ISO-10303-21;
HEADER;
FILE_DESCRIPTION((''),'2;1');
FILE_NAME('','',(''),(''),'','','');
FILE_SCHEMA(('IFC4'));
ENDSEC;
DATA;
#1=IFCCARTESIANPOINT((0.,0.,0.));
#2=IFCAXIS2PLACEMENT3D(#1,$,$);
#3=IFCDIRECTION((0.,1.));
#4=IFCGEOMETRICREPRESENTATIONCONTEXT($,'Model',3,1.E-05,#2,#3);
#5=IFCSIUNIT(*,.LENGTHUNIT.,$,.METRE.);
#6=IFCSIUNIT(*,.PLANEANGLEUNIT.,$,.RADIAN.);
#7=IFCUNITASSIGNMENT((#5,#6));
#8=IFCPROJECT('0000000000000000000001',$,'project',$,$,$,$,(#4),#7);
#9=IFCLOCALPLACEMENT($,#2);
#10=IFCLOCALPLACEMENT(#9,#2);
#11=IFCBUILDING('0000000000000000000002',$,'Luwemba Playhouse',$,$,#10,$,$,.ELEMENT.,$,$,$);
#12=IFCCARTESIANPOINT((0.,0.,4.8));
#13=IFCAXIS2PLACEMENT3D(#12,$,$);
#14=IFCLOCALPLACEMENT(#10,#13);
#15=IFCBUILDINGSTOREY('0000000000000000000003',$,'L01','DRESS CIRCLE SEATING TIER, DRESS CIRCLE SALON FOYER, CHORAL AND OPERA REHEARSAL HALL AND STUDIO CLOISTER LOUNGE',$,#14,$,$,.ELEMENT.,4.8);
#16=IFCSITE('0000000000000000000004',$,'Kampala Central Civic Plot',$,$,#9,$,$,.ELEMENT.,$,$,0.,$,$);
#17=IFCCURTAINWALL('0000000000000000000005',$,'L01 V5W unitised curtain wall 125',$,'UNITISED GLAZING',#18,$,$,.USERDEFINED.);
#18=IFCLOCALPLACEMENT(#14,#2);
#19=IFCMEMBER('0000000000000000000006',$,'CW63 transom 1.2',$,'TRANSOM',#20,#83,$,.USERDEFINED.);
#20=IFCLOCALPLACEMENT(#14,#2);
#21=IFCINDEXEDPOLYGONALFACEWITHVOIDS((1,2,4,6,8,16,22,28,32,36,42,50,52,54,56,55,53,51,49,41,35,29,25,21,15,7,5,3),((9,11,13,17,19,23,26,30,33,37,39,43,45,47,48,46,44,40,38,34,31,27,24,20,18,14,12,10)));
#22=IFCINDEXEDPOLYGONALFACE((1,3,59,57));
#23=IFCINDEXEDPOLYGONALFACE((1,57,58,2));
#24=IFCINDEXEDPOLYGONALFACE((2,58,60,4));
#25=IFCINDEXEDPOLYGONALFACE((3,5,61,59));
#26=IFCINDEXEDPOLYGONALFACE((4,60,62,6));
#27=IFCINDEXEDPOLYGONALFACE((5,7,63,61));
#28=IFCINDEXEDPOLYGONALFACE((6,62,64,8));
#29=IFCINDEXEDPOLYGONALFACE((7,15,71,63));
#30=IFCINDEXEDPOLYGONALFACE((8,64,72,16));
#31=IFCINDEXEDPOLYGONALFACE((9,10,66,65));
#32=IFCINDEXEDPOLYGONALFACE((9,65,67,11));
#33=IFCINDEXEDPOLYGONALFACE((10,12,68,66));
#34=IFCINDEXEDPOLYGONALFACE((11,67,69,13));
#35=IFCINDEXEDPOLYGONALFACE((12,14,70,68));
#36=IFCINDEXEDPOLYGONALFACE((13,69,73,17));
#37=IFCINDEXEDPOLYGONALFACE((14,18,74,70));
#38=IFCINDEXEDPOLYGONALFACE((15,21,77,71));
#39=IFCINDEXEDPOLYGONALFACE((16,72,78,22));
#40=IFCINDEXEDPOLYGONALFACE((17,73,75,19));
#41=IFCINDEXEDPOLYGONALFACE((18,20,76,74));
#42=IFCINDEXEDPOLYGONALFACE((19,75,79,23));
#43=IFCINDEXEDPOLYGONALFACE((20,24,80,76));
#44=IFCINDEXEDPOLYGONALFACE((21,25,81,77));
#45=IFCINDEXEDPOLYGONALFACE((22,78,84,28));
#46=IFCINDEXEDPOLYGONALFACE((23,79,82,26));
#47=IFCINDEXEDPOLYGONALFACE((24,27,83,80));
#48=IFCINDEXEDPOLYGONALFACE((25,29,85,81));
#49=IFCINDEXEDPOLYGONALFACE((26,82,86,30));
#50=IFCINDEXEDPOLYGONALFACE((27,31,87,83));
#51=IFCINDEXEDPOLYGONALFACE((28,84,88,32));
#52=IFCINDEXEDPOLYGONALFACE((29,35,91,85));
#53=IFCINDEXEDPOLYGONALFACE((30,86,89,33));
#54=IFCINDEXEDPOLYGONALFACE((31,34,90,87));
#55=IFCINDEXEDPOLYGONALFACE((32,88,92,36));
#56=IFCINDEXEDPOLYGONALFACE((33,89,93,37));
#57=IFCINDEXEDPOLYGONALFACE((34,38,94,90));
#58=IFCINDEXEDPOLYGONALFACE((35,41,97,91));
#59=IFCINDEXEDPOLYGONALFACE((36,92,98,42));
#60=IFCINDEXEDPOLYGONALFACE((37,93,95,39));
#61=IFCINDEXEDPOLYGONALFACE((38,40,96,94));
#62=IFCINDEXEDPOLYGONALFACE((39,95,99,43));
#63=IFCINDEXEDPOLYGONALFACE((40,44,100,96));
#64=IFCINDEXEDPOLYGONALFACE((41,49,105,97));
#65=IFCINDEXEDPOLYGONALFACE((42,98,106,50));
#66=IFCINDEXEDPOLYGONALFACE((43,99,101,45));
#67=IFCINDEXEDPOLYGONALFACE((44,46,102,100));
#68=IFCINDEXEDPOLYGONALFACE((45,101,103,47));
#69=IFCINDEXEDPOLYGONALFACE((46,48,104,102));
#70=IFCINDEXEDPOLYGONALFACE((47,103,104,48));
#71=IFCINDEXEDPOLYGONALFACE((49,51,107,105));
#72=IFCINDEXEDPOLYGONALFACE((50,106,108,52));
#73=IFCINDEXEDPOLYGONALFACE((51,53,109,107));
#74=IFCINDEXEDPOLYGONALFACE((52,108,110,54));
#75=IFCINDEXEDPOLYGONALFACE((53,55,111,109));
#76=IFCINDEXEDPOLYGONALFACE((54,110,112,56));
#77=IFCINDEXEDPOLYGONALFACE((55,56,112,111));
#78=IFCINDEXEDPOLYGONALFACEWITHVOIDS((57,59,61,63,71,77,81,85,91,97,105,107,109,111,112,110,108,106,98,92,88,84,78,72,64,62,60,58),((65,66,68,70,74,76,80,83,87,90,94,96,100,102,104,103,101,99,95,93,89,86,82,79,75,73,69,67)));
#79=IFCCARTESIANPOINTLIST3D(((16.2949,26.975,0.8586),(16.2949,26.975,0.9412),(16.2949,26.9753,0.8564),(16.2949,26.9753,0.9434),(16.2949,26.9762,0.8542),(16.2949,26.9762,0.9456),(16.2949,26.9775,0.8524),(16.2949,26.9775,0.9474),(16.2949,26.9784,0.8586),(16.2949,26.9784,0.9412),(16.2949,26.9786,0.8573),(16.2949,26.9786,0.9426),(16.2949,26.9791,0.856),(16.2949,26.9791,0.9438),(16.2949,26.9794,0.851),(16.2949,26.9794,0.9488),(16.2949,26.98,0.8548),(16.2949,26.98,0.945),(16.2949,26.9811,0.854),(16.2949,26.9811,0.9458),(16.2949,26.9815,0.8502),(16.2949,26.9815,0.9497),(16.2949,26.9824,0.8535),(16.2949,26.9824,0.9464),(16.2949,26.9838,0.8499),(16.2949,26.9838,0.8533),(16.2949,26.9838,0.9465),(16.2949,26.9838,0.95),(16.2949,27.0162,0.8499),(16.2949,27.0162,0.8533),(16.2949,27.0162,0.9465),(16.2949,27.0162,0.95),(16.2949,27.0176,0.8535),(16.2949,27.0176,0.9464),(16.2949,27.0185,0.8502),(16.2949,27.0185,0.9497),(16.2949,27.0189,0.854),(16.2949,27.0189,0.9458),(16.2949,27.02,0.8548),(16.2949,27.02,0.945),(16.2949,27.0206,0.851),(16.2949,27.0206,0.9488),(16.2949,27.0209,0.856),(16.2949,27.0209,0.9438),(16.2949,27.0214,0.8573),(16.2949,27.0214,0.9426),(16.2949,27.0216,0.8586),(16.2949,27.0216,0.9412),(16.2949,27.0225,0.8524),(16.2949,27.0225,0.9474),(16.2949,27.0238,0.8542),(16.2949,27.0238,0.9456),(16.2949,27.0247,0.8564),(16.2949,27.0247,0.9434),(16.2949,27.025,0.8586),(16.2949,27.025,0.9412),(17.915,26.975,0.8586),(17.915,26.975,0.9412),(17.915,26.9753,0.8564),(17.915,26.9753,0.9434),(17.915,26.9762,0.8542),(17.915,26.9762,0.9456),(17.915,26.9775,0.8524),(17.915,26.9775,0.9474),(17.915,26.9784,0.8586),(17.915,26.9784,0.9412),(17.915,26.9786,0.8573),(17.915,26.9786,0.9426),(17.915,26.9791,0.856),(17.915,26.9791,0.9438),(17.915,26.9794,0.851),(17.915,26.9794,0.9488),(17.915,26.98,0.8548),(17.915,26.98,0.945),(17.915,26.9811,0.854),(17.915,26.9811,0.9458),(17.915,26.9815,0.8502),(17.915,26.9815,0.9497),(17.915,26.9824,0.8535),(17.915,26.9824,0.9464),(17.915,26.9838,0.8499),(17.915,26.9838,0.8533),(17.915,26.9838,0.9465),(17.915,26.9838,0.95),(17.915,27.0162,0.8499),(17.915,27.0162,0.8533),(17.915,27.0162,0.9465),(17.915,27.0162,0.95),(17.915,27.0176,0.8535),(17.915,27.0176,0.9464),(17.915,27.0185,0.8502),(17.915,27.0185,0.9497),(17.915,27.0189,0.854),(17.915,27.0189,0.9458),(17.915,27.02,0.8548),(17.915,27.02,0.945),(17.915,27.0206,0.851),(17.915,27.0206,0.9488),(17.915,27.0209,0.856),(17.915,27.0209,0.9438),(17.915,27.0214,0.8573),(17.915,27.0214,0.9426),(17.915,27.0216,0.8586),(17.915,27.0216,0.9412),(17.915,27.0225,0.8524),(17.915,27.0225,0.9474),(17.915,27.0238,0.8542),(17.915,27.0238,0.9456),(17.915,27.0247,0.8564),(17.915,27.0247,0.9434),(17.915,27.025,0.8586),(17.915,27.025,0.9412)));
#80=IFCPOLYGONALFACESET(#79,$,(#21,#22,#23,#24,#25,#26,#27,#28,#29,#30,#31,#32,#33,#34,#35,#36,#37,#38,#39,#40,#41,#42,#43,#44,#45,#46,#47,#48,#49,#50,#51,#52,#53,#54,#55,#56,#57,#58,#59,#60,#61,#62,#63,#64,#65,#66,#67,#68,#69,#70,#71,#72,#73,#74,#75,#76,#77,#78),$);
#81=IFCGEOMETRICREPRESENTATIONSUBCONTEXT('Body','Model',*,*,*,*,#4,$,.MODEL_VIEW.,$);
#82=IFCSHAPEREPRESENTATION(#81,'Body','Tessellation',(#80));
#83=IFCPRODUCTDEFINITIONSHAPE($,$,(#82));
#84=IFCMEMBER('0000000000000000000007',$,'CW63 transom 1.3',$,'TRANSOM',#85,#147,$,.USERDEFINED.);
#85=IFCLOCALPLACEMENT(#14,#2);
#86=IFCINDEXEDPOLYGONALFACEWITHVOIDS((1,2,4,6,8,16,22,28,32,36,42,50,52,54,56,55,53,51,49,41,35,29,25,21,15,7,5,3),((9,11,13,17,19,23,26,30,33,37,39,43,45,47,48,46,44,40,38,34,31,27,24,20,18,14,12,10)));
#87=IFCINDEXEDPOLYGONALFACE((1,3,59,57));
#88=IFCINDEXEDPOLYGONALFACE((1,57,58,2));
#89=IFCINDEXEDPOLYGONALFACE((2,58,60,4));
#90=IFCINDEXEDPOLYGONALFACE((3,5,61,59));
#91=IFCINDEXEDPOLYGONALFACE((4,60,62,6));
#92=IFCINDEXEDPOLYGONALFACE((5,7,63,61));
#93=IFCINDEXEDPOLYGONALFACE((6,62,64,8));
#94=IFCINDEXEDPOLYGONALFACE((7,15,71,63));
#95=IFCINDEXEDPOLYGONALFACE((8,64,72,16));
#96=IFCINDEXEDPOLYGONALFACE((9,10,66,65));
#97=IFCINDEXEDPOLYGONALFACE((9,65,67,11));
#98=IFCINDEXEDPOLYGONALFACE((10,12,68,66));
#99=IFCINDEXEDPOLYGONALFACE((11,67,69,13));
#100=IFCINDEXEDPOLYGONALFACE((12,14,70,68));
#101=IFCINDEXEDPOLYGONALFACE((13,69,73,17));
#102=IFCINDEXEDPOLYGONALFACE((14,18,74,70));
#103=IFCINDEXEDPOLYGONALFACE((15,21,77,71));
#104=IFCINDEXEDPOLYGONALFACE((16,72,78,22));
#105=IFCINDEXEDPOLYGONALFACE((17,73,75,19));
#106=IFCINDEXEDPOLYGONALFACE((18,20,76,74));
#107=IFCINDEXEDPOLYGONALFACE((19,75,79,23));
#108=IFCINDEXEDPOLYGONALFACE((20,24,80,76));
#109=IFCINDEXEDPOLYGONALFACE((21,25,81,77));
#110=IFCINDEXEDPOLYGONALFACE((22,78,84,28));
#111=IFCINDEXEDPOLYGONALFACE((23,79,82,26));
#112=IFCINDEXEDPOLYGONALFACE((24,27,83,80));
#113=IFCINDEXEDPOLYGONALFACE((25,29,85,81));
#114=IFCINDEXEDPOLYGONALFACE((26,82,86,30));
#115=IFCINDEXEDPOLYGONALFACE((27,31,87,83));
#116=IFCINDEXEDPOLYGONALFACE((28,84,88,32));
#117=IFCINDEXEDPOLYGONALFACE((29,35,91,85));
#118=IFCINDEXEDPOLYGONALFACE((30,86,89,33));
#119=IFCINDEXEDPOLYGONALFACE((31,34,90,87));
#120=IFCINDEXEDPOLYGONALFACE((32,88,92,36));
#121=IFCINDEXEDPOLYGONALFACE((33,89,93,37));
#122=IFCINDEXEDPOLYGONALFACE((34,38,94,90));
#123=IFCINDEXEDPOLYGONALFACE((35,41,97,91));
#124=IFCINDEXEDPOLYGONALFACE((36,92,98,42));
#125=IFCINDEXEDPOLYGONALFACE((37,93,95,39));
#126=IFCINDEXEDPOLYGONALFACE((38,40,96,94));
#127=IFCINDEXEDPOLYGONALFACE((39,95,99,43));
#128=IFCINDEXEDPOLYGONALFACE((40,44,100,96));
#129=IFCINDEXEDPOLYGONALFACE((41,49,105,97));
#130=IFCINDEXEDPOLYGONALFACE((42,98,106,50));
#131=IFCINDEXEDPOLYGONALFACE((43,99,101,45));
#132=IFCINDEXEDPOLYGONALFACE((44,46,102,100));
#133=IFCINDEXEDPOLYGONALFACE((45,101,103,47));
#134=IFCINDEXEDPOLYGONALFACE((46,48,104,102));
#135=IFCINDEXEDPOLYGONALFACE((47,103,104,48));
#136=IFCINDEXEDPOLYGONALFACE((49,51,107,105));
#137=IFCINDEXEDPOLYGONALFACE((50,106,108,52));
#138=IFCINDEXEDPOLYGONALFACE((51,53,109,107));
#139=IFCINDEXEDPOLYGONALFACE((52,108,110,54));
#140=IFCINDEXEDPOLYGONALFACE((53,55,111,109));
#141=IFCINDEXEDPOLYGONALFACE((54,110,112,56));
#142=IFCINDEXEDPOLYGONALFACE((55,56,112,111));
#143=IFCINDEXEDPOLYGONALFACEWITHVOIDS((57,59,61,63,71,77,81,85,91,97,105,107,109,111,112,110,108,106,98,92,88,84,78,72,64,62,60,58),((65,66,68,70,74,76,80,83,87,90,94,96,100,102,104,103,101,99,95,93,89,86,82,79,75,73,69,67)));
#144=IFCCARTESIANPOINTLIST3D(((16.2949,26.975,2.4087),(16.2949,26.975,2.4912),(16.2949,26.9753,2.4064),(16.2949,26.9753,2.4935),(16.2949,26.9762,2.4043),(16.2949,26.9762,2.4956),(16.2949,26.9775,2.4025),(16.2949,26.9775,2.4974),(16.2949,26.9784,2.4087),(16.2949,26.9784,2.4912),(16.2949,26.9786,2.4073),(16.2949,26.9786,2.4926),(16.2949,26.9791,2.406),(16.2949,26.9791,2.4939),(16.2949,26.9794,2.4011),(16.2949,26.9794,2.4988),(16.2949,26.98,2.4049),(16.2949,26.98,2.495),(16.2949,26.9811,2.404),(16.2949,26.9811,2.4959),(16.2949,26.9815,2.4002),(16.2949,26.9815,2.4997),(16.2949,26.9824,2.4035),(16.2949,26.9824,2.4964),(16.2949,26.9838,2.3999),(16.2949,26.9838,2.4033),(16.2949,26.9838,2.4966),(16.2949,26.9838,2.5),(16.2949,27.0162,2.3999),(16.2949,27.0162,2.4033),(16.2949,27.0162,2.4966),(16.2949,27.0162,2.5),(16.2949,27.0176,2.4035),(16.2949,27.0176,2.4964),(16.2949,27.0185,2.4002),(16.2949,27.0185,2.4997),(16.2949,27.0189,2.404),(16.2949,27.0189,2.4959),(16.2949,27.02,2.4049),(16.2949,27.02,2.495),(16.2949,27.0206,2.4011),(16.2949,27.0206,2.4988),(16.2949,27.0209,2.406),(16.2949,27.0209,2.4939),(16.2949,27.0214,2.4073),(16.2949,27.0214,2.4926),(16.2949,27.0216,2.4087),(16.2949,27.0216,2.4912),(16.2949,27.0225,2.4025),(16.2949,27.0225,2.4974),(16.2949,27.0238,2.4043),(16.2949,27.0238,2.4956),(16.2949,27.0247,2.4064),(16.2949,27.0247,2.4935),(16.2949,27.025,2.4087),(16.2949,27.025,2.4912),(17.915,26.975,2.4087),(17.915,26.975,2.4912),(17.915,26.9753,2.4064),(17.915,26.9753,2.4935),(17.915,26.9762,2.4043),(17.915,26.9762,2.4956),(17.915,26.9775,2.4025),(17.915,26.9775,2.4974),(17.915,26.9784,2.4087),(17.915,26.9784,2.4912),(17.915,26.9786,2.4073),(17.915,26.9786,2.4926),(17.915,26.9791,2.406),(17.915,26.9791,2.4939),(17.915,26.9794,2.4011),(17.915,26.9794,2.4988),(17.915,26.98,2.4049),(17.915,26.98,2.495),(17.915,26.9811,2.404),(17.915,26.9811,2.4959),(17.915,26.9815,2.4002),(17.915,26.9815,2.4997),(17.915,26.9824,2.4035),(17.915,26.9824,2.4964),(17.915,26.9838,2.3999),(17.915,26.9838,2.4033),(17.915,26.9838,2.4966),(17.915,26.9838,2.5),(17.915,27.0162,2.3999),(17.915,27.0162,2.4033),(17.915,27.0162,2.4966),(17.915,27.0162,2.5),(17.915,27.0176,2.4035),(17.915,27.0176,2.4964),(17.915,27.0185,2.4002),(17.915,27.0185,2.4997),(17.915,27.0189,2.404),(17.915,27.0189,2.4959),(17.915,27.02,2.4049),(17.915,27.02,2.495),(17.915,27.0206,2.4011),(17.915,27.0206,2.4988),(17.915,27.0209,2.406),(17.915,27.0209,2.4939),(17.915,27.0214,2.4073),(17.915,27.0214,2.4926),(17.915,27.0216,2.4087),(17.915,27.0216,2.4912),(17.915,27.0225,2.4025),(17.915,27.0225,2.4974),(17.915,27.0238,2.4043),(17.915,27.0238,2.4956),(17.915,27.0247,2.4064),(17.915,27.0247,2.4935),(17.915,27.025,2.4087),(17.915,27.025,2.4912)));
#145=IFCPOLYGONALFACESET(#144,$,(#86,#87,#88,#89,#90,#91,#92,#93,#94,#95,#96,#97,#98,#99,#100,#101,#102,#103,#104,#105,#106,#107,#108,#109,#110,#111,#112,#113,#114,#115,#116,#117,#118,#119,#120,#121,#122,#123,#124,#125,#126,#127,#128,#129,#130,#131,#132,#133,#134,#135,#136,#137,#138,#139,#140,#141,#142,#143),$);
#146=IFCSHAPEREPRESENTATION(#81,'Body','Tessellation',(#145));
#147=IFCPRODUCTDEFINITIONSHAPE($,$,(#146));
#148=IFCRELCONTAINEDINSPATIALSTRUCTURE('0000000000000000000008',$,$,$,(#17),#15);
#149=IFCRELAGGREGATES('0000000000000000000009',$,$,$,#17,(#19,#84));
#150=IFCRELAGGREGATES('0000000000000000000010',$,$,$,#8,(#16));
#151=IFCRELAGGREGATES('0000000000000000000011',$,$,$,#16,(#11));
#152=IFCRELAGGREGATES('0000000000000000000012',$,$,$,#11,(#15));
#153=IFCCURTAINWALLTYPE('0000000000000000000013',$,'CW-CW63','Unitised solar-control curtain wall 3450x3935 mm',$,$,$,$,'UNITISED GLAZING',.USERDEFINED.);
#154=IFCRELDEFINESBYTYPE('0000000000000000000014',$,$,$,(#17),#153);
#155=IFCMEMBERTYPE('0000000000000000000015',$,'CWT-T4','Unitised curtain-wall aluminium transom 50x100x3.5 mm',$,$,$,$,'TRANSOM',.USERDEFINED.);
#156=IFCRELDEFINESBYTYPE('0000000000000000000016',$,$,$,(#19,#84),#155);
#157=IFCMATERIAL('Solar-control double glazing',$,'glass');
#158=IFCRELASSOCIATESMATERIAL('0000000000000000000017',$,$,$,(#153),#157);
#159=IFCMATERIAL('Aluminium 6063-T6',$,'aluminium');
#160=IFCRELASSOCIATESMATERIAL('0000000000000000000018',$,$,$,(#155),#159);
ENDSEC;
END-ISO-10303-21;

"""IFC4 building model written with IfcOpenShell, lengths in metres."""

from ifc_helpers import new_model, si_unit, direction, frame, origin, origin_2d, place, context, subcontext, project, spatial, hollow_rectangle, extrude, material, material_profile, profile_set, type_object, element, aggregate, save


model = new_model("IFC4")

# Units and contexts
model_context = context("Model", 3, precision=1e-05, world=origin(), true_north=direction((0.0, 1.0)))
body_context = subcontext(model_context, "Body", "Model", "MODEL_VIEW")
ifc_project = project(units=[si_unit("LENGTHUNIT", "METRE"), si_unit("PLANEANGLEUNIT", "RADIAN")], contexts=[model_context])

# Site, building, storey
site_placement = place(None, origin())
site = spatial("IfcSite", under=ifc_project, at=site_placement, Name="Kampala Central Civic Plot", CompositionType="ELEMENT", RefElevation=0.0)
building_placement = place(site_placement, origin())
building = spatial("IfcBuilding", under=site, at=building_placement, Name="Luwemba Playhouse", CompositionType="ELEMENT")
storey_placement = place(building_placement, frame((0.0, 0.0, 4.8)))
storey = spatial("IfcBuildingStorey", under=building, at=storey_placement, Name="L01", Description="DRESS CIRCLE SEATING TIER, DRESS CIRCLE SALON FOYER, CHORAL AND OPERA REHEARSAL HALL AND STUDIO CLOISTER LOUNGE", CompositionType="ELEMENT", Elevation=4.8)

# Curtain wall
ifc_material_1 = material(Name="Solar-control double glazing", Category="glass")
ifc_material_2 = material(Name="Aluminium 6063-T6", Category="aluminium")
curtain_wall_type_1 = type_object("IfcCurtainWallType", Name="CW-CW63", Description="Unitised solar-control curtain wall 3450x3935 mm", ElementType="UNITISED GLAZING", PredefinedType="USERDEFINED", material=ifc_material_1)
curtain_wall_1_placement = place(storey_placement, origin())
curtain_wall_1 = element("IfcCurtainWall", 1, at=curtain_wall_1_placement, inside=storey, type_object=curtain_wall_type_1, Name="L01 V5W unitised curtain wall 125", ObjectType="UNITISED GLAZING", PredefinedType="USERDEFINED")

# Members
ifc_material_profile_1 = material_profile(ifc_material_2, hollow_rectangle(XDim=0.05, YDim=0.1001, WallThickness=0.0034, InnerFilletRadius=0.0054, OuterFilletRadius=0.0088, at=origin_2d()))
ifc_profile_set_1 = profile_set([ifc_material_profile_1], Name="Aluminium 6063-T6")
member_type_1 = type_object("IfcMemberType", Name="CWT-T4", Description="Unitised curtain-wall aluminium transom 50x100x3.5 mm", ElementType="TRANSOM", PredefinedType="USERDEFINED", material=ifc_profile_set_1)
member_1_placement = place(storey_placement, frame((16.2949, 27.0, 0.8999), z_axis=(1.0, 0.0, 0.0), x_axis=(0.0, 1.0, 0.0)))
member_1 = element("IfcMember", 2, at=member_1_placement, type_object=member_type_1, Name="CW63 transom 1.2", ObjectType="TRANSOM", PredefinedType="USERDEFINED", context=body_context, shape_type="SweptSolid", body=[
    extrude(hollow_rectangle(XDim=0.05, YDim=0.1001, WallThickness=0.0034, InnerFilletRadius=0.0054, OuterFilletRadius=0.0088, at=origin_2d()), origin(), (0.0, 0.0, 1.0), 1.6201),
])
member_2_placement = place(storey_placement, frame((16.2949, 27.0, 2.45), z_axis=(1.0, 0.0, 0.0), x_axis=(0.0, 1.0, 0.0)))
member_2 = element("IfcMember", 3, at=member_2_placement, type_object=member_type_1, Name="CW63 transom 1.3", ObjectType="TRANSOM", PredefinedType="USERDEFINED", context=body_context, shape_type="SweptSolid", body=[
    extrude(hollow_rectangle(XDim=0.05, YDim=0.1001, WallThickness=0.0034, InnerFilletRadius=0.0054, OuterFilletRadius=0.0088, at=origin_2d()), origin(), (0.0, 0.0, 1.0), 1.6201),
])

aggregate(curtain_wall_1, [member_1, member_2])

save(model, "model.ifc")
